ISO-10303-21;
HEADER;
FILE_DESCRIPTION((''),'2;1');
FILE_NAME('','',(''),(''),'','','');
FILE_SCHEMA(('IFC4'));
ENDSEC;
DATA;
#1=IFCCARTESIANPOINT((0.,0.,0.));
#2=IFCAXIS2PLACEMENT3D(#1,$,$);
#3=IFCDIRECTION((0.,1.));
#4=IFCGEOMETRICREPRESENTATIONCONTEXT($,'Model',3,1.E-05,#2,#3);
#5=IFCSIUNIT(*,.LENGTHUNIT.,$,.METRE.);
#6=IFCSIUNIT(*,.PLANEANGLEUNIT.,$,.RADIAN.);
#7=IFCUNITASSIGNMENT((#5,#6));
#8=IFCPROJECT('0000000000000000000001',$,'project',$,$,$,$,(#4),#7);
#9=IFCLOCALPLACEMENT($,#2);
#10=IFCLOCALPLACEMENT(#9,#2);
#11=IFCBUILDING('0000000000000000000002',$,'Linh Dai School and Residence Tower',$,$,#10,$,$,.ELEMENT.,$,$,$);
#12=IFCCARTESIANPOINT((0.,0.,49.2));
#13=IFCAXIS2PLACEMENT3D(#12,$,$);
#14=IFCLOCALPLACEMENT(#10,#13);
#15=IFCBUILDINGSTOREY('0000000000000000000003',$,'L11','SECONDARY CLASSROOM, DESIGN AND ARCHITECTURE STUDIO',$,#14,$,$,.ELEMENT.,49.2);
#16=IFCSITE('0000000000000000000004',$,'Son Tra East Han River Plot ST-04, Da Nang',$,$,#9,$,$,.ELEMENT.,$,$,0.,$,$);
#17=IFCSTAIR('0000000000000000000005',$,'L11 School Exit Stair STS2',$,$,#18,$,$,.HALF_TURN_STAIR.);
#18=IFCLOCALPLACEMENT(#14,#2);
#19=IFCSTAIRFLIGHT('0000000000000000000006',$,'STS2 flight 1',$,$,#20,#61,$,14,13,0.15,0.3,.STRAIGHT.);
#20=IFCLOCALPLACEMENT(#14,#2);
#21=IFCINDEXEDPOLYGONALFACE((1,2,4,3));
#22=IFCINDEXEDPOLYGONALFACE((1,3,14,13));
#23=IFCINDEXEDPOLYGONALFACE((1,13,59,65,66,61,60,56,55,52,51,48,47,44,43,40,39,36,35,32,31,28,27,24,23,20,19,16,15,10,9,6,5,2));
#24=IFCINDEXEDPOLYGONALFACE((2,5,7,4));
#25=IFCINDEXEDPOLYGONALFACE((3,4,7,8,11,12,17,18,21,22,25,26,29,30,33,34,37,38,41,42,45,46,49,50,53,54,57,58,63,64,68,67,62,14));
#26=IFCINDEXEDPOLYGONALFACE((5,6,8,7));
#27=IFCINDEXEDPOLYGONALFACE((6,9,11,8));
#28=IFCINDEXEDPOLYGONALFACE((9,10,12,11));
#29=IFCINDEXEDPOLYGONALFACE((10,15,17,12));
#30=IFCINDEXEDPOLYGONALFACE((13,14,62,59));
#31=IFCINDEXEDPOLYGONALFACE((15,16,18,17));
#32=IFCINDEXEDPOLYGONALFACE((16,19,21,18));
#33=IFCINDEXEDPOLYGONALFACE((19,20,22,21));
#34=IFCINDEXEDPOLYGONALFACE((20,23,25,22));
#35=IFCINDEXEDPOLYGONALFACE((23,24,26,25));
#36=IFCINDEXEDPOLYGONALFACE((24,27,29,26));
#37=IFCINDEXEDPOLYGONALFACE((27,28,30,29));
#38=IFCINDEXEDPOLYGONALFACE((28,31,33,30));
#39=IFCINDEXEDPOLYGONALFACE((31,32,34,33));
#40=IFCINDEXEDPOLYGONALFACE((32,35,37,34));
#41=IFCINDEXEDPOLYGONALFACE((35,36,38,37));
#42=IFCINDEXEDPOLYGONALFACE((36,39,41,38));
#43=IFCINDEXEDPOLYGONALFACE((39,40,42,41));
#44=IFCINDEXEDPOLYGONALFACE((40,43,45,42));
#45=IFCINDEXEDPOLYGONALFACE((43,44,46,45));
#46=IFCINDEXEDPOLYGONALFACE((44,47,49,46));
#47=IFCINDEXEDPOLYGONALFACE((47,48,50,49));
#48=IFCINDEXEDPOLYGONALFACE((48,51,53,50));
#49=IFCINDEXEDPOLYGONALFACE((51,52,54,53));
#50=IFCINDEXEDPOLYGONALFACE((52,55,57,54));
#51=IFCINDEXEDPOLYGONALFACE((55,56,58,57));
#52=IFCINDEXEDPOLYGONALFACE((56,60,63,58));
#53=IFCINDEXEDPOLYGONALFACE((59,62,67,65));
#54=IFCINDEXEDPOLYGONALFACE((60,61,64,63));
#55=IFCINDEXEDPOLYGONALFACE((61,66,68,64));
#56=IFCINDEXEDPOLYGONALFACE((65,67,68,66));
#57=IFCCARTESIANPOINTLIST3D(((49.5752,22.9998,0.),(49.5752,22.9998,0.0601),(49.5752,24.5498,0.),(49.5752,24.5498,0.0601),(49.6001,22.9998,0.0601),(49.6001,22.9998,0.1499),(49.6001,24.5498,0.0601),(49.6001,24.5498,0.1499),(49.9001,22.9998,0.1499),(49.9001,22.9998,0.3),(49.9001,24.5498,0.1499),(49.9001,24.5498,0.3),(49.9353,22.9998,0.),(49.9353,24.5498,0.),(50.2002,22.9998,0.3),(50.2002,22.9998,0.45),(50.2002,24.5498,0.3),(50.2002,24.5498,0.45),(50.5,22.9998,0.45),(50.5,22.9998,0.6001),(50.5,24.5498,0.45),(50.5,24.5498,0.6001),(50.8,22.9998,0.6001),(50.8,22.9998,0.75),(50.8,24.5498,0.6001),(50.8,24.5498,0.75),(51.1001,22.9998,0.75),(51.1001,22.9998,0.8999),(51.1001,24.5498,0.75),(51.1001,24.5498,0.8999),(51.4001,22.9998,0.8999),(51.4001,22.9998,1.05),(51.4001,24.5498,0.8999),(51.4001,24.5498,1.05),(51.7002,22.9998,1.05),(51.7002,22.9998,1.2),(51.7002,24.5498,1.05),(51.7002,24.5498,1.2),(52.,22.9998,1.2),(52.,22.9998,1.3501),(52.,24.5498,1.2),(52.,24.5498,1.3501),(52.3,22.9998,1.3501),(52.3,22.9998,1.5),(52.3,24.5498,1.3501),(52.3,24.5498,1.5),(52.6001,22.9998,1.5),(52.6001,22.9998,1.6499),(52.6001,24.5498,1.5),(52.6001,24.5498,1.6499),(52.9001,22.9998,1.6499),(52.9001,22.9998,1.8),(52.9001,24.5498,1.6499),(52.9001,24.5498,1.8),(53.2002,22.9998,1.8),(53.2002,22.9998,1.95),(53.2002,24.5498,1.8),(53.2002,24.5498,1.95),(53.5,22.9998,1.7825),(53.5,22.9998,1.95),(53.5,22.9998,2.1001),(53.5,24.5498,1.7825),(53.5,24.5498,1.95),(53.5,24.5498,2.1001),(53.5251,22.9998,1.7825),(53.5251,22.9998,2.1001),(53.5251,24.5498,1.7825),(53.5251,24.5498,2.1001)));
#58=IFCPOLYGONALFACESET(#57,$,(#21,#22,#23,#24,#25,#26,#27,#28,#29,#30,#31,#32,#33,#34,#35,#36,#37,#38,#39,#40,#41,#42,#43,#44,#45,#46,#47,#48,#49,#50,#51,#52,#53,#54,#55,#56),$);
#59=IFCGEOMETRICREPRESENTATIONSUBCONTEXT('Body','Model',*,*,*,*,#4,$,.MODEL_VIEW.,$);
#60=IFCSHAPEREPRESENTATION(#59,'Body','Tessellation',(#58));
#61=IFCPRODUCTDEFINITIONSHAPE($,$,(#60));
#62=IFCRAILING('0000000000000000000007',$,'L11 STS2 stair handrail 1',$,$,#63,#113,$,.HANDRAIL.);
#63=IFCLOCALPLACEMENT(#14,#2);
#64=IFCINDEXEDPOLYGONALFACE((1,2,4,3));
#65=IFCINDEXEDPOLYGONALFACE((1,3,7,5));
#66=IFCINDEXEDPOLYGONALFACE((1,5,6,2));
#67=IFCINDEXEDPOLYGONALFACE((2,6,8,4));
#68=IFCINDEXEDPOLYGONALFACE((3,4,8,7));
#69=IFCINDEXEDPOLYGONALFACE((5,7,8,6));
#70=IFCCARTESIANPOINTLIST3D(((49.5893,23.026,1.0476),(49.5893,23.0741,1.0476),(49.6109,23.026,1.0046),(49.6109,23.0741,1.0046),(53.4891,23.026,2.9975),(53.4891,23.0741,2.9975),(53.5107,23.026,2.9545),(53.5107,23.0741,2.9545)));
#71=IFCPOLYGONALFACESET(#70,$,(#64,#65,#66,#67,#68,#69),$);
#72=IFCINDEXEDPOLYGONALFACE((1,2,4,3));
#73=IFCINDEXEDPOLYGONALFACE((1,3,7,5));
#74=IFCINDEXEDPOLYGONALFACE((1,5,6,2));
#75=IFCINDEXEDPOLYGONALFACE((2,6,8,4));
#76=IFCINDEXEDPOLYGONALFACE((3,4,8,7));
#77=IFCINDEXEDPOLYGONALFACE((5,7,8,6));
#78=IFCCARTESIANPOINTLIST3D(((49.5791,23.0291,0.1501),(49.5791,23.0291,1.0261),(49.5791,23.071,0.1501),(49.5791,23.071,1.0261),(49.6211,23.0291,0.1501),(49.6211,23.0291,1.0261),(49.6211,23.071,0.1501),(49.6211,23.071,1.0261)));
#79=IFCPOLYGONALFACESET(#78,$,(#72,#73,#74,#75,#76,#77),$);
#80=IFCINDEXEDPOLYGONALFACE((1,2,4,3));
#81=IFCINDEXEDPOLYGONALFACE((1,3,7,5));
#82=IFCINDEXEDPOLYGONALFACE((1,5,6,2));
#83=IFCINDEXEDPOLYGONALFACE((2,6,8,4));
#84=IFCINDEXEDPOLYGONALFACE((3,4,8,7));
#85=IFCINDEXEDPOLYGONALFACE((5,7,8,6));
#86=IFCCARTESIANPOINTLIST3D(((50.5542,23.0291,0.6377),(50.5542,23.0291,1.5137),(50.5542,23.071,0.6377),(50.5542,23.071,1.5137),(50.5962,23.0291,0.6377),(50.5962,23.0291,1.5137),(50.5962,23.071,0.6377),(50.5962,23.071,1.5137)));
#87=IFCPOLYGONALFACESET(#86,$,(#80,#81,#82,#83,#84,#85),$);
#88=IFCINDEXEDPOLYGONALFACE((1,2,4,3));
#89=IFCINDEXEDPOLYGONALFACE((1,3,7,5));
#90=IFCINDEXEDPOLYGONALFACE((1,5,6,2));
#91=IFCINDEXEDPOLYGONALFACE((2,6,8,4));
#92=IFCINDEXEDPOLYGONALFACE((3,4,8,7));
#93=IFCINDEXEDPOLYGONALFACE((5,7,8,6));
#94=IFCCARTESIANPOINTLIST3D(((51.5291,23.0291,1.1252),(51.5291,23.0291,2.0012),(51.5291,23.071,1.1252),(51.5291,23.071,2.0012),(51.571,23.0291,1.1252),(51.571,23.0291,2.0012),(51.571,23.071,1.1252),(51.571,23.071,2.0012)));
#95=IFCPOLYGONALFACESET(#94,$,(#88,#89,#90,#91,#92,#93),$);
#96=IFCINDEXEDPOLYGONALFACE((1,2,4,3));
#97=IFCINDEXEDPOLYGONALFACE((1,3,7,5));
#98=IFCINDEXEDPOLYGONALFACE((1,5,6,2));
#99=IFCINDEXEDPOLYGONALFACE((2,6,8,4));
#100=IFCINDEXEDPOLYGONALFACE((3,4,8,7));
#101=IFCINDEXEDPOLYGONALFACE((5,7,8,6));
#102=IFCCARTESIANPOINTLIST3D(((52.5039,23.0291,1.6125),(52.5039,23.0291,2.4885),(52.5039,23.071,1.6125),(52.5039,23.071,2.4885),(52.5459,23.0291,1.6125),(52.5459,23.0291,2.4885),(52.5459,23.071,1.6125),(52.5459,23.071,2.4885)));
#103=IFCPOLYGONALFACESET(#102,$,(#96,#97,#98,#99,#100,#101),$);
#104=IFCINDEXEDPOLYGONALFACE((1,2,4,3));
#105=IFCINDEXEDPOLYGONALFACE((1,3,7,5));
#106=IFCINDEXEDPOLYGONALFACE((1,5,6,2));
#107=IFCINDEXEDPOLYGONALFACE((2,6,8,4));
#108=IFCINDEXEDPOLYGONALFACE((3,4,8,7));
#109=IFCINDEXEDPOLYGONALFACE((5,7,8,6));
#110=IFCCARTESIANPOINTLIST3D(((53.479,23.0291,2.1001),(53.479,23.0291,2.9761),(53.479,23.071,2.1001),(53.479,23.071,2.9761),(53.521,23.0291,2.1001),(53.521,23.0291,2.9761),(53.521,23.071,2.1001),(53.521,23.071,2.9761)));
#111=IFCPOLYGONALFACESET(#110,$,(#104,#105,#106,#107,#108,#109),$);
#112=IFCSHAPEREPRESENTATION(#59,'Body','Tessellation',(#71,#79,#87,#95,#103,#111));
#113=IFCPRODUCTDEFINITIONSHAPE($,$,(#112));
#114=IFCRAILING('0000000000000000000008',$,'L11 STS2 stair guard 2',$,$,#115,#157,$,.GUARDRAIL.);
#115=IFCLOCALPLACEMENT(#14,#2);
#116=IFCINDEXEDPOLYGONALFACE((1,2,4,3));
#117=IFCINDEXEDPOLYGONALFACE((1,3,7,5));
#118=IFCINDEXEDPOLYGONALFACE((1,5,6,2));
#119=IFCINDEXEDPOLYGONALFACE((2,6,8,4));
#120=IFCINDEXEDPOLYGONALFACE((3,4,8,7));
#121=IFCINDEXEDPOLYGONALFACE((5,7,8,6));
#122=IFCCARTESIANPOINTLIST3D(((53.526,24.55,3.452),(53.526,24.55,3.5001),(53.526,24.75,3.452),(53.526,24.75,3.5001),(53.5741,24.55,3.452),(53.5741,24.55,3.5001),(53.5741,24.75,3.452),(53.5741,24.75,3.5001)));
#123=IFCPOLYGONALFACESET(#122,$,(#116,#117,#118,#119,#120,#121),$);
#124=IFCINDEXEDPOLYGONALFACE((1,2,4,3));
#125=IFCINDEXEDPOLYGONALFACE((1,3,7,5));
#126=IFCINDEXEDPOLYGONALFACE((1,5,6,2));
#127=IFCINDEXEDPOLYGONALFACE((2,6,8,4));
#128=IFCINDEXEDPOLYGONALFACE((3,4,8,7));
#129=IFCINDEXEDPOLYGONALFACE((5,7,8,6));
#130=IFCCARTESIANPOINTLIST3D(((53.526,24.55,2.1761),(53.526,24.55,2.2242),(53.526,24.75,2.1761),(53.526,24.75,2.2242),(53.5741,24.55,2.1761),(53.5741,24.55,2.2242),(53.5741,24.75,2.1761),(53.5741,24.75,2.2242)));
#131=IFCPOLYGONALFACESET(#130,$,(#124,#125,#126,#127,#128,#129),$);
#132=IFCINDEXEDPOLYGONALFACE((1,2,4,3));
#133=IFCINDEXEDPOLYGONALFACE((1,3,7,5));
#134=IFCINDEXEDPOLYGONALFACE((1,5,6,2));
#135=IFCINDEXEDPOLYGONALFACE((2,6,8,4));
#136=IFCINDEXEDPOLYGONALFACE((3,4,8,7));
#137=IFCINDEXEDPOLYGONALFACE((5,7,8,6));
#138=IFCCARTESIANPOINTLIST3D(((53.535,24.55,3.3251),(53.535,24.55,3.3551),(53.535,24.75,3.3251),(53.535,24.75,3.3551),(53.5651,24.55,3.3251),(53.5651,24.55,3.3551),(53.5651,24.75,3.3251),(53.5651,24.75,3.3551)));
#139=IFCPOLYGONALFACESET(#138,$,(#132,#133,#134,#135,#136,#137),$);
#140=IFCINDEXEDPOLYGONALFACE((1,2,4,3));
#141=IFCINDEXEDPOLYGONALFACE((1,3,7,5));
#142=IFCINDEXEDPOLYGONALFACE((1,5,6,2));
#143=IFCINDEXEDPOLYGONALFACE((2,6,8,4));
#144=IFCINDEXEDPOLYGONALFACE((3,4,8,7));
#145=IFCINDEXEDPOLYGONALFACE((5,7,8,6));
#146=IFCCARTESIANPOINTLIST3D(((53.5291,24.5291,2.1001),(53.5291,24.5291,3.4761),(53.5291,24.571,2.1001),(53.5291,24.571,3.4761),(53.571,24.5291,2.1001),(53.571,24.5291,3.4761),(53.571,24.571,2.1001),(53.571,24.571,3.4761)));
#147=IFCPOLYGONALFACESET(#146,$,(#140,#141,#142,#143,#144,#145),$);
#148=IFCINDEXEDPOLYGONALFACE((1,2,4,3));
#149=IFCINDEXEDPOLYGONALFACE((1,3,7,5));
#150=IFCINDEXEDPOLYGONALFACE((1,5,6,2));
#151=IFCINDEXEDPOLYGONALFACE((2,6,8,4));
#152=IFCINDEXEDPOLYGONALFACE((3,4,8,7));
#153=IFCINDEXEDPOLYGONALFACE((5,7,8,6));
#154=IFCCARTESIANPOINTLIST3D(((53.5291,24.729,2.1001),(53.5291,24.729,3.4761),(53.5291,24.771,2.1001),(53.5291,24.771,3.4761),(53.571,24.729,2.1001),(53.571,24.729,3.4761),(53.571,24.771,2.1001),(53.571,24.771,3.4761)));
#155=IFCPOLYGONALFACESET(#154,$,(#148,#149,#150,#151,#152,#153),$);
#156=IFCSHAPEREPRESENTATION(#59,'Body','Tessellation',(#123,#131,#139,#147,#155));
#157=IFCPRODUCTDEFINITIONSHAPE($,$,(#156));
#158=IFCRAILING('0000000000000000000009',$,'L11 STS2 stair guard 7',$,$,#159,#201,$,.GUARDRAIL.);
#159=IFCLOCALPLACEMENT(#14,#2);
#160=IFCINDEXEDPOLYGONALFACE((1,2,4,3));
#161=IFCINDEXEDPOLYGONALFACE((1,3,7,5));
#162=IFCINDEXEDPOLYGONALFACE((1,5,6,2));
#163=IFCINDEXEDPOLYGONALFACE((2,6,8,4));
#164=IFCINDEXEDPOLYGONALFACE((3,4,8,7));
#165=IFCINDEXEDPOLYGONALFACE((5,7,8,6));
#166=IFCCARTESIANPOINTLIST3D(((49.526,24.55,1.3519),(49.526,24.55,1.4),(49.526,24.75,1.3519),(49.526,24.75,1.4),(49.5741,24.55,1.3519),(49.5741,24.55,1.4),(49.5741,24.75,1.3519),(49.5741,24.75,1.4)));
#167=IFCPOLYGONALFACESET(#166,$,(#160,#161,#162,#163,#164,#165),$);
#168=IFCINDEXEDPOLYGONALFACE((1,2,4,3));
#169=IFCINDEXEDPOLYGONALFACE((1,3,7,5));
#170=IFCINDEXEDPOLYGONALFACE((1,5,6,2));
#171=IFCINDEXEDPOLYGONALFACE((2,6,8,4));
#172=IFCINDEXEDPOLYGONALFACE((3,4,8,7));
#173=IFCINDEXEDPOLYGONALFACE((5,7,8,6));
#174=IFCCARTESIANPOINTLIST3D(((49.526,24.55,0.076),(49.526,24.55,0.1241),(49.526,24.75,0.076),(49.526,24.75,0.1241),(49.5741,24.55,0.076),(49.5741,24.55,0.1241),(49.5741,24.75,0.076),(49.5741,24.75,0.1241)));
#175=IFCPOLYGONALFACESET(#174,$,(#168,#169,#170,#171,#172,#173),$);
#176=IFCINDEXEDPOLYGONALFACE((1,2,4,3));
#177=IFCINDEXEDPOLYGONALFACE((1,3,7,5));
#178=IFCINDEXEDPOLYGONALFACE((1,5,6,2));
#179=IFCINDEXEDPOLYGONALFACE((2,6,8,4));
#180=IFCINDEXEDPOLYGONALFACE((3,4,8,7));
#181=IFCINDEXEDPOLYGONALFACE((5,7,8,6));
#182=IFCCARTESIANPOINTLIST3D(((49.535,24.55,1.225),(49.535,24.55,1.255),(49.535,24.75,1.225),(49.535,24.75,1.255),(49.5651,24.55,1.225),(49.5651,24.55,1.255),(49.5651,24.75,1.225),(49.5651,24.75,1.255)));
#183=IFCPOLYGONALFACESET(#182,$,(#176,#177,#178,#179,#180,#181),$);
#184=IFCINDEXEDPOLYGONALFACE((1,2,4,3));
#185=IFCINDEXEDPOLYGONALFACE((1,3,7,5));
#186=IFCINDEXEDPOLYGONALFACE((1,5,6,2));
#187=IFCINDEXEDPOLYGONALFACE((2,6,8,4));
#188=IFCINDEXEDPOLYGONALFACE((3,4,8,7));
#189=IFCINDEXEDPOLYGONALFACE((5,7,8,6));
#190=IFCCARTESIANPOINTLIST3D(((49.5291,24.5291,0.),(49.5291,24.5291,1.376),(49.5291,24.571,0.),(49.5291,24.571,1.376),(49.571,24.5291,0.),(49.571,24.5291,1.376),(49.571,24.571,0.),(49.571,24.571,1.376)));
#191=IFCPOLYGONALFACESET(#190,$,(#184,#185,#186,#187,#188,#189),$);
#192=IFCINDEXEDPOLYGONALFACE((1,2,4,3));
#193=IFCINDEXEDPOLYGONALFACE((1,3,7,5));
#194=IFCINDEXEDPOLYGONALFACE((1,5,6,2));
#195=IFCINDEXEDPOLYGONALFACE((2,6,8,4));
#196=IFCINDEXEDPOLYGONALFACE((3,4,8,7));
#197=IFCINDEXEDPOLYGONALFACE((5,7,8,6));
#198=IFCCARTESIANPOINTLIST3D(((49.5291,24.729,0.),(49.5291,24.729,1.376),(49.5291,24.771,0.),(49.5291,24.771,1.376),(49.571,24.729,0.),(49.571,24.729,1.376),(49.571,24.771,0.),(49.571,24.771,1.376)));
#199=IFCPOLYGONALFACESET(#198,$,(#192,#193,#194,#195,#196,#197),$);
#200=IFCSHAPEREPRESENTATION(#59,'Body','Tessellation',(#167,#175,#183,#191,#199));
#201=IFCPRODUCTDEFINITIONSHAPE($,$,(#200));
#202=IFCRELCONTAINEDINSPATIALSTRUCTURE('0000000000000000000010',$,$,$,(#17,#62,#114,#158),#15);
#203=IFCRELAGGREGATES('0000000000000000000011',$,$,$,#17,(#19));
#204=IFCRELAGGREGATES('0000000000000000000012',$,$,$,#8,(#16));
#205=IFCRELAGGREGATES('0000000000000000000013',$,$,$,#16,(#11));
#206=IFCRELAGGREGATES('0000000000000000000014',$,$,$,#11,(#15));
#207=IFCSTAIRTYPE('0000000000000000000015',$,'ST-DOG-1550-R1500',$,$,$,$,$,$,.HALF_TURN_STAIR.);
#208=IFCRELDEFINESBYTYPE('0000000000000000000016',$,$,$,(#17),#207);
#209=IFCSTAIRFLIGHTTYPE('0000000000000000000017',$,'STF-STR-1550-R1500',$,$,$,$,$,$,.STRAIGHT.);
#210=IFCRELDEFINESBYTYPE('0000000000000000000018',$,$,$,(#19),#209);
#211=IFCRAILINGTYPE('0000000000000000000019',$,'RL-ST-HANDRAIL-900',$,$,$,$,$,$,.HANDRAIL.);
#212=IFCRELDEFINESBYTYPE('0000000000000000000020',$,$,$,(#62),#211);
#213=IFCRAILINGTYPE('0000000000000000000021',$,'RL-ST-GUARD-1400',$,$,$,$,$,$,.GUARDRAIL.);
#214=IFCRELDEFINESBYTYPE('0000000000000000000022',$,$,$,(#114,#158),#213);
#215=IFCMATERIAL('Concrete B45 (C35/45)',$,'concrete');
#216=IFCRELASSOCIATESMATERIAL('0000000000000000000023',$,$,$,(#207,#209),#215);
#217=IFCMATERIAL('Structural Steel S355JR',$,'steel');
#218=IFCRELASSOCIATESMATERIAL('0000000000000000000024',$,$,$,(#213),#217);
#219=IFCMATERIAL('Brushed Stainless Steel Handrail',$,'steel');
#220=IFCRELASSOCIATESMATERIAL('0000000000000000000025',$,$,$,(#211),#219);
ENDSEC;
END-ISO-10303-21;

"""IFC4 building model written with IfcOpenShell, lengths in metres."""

from ifc_helpers import new_model, si_unit, direction, frame, origin, origin_2d, place, context, subcontext, project, spatial, polyline, rectangle, outline, extrude, source, transform, mapped, material, type_object, element, aggregate, save


model = new_model("IFC4")

# Units and contexts
model_context = context("Model", 3, precision=1e-05, world=origin(), true_north=direction((0.0, 1.0)))
body_context = subcontext(model_context, "Body", "Model", "MODEL_VIEW")
ifc_project = project(units=[si_unit("LENGTHUNIT", "METRE"), si_unit("PLANEANGLEUNIT", "RADIAN")], contexts=[model_context])

# Site, building, storey
site_placement = place(None, origin())
site = spatial("IfcSite", under=ifc_project, at=site_placement, Name="Son Tra East Han River Plot ST-04, Da Nang", CompositionType="ELEMENT", RefElevation=0.0)
building_placement = place(site_placement, origin())
building = spatial("IfcBuilding", under=site, at=building_placement, Name="Linh Dai School and Residence Tower", CompositionType="ELEMENT")
storey_placement = place(building_placement, frame((0.0, 0.0, 49.2)))
storey = spatial("IfcBuildingStorey", under=building, at=storey_placement, Name="L11", Description="SECONDARY CLASSROOM, DESIGN AND ARCHITECTURE STUDIO", CompositionType="ELEMENT", Elevation=49.2)

# Shared definitions
ifc_material_1 = material(Name="Structural Steel S355JR", Category="steel")

# Shared definitions
ifc_material_2 = material(Name="Concrete B45 (C35/45)", Category="concrete")

# Stair, stair flight
stair_type = type_object("IfcStairType", Name="ST-DOG-1550-R1500", PredefinedType="HALF_TURN_STAIR", material=ifc_material_2)
stair_placement = place(storey_placement, origin())
stair = element("IfcStair", 1, at=stair_placement, inside=storey, type_object=stair_type, Name="L11 School Exit Stair STS2", PredefinedType="HALF_TURN_STAIR")
stair_flight_type = type_object("IfcStairFlightType", Name="STF-STR-1550-R1500", PredefinedType="STRAIGHT", material=ifc_material_2)
shared_shape_1 = source(origin(), body_context, "Body", "SweptSolid", [
    extrude(outline(polyline([(-0.0249, 0.0), (-0.0249, 0.0601), (0.0, 0.0601), (0.0, 0.1499), (0.3, 0.1499), (0.3, 0.3), (0.6001, 0.3), (0.6001, 0.45), (0.8999, 0.45), (0.8999, 0.6001), (1.2, 0.6001), (1.2, 0.75), (1.5, 0.75), (1.5, 0.8999), (1.8, 0.8999), (1.8, 1.05), (2.1001, 1.05), (2.1001, 1.2), (2.3999, 1.2), (2.3999, 1.3501), (2.7, 1.3501), (2.7, 1.5), (3.0, 1.5), (3.0, 1.6499), (3.3, 1.6499), (3.3, 1.8), (3.6001, 1.8), (3.6001, 1.95), (3.8999, 1.95), (3.8999, 2.1001), (3.925, 2.1001), (3.925, 1.7825), (3.8999, 1.7825), (0.3352, 0.0), (-0.0249, 0.0)])), frame((0.0, 0.7749, 0.0), z_axis=(0.0, -1.0, 0.0), x_axis=(1.0, 0.0, 0.0)), (0.0, 0.0, 1.0), 1.55),
])
stair_flight_placement = place(storey_placement, frame((49.6001, 23.7749, 0.0), z_axis=(0.0, 0.0, 1.0), x_axis=(1.0, 0.0, 0.0)))
stair_flight = element("IfcStairFlight", 2, at=stair_flight_placement, type_object=stair_flight_type, Name="STS2 flight 1", NumberOfRisers=14, NumberOfTreads=13, PredefinedType="STRAIGHT", RiserHeight=0.15, TreadLength=0.3, context=body_context, shape_type="MappedRepresentation", body=[
    mapped(shared_shape_1, transform((0.0, 0.0, 0.0), x_axis=(1.0, 0.0, 0.0), y_axis=(0.0, 1.0, 0.0), z_axis=(0.0, 0.0, 1.0), scale=1.0)),
])
aggregate(stair, [stair_flight])

# Railings
railing_type_1 = type_object("IfcRailingType", Name="RL-ST-GUARD-1400", PredefinedType="GUARDRAIL", material=ifc_material_1)
ifc_material_3 = material(Name="Brushed Stainless Steel Handrail", Category="steel")
railing_type_2 = type_object("IfcRailingType", Name="RL-ST-HANDRAIL-900", PredefinedType="HANDRAIL", material=ifc_material_3)
shared_shape_2 = source(origin(), body_context, "Body", "SweptSolid", [
    extrude(rectangle(XDim=0.0481, YDim=0.0481, at=origin_2d()), frame((0.0, 0.0, 0.876), z_axis=(0.894427, 0.0, 0.447214), x_axis=(0.0, 1.0, 0.0)), (0.0, 0.0, 1.0), 4.3601),
    extrude(rectangle(XDim=0.042, YDim=0.042, at=origin_2d()), origin(), (0.0, 0.0, 1.0), 0.876),
    extrude(rectangle(XDim=0.042, YDim=0.042, at=origin_2d()), frame((0.9751, 0.0, 0.4875)), (0.0, 0.0, 1.0), 0.876),
    extrude(rectangle(XDim=0.042, YDim=0.042, at=origin_2d()), frame((1.95, 0.0, 0.9751)), (0.0, 0.0, 1.0), 0.876),
    extrude(rectangle(XDim=0.042, YDim=0.042, at=origin_2d()), frame((2.9248, 0.0, 1.4624)), (0.0, 0.0, 1.0), 0.876),
    extrude(rectangle(XDim=0.042, YDim=0.042, at=origin_2d()), frame((3.8999, 0.0, 1.95)), (0.0, 0.0, 1.0), 0.876),
])
railing_1_placement = place(storey_placement, frame((49.6001, 23.05, 0.1501)))
element("IfcRailing", 3, at=railing_1_placement, inside=storey, type_object=railing_type_2, Name="L11 STS2 stair handrail 1", PredefinedType="HANDRAIL", context=body_context, shape_type="MappedRepresentation", body=[
    mapped(shared_shape_2, transform((0.0, 0.0, 0.0), x_axis=(1.0, 0.0, 0.0), y_axis=(0.0, 1.0, 0.0), z_axis=(0.0, 0.0, 1.0), scale=1.0)),
])
shared_shape_3 = source(origin(), body_context, "Body", "SweptSolid", [
    extrude(rectangle(XDim=0.0481, YDim=0.0481, at=origin_2d()), frame((0.0, 0.0, 1.376), z_axis=(0.0, 1.0, 0.0), x_axis=(-1.0, 0.0, 0.0)), (0.0, 0.0, 1.0), 0.2),
    extrude(rectangle(XDim=0.0481, YDim=0.0481, at=origin_2d()), frame((0.0, 0.0, 0.1001), z_axis=(0.0, 1.0, 0.0), x_axis=(-1.0, 0.0, 0.0)), (0.0, 0.0, 1.0), 0.2),
    extrude(rectangle(XDim=0.03, YDim=0.03, at=origin_2d()), frame((0.0, 0.0, 1.24), z_axis=(0.0, 1.0, 0.0), x_axis=(-1.0, 0.0, 0.0)), (0.0, 0.0, 1.0), 0.2),
    extrude(rectangle(XDim=0.042, YDim=0.042, at=origin_2d()), origin(), (0.0, 0.0, 1.0), 1.376),
    extrude(rectangle(XDim=0.042, YDim=0.042, at=origin_2d()), frame((0.0, 0.2, 0.0)), (0.0, 0.0, 1.0), 1.376),
])
for number, where, name in (
    (4, (53.55, 24.55, 2.1001), "L11 STS2 stair guard 2"),
    (5, (49.55, 24.55, 0.0), "L11 STS2 stair guard 7"),
):
    element("IfcRailing", number, at=place(storey_placement, frame(where)), inside=storey, type_object=railing_type_1, Name=name, PredefinedType="GUARDRAIL", context=body_context, shape_type="MappedRepresentation", body=[
        mapped(shared_shape_3, transform((0.0, 0.0, 0.0), x_axis=(1.0, 0.0, 0.0), y_axis=(0.0, 1.0, 0.0), z_axis=(0.0, 0.0, 1.0), scale=1.0)),
    ])

save(model, "model.ifc")
